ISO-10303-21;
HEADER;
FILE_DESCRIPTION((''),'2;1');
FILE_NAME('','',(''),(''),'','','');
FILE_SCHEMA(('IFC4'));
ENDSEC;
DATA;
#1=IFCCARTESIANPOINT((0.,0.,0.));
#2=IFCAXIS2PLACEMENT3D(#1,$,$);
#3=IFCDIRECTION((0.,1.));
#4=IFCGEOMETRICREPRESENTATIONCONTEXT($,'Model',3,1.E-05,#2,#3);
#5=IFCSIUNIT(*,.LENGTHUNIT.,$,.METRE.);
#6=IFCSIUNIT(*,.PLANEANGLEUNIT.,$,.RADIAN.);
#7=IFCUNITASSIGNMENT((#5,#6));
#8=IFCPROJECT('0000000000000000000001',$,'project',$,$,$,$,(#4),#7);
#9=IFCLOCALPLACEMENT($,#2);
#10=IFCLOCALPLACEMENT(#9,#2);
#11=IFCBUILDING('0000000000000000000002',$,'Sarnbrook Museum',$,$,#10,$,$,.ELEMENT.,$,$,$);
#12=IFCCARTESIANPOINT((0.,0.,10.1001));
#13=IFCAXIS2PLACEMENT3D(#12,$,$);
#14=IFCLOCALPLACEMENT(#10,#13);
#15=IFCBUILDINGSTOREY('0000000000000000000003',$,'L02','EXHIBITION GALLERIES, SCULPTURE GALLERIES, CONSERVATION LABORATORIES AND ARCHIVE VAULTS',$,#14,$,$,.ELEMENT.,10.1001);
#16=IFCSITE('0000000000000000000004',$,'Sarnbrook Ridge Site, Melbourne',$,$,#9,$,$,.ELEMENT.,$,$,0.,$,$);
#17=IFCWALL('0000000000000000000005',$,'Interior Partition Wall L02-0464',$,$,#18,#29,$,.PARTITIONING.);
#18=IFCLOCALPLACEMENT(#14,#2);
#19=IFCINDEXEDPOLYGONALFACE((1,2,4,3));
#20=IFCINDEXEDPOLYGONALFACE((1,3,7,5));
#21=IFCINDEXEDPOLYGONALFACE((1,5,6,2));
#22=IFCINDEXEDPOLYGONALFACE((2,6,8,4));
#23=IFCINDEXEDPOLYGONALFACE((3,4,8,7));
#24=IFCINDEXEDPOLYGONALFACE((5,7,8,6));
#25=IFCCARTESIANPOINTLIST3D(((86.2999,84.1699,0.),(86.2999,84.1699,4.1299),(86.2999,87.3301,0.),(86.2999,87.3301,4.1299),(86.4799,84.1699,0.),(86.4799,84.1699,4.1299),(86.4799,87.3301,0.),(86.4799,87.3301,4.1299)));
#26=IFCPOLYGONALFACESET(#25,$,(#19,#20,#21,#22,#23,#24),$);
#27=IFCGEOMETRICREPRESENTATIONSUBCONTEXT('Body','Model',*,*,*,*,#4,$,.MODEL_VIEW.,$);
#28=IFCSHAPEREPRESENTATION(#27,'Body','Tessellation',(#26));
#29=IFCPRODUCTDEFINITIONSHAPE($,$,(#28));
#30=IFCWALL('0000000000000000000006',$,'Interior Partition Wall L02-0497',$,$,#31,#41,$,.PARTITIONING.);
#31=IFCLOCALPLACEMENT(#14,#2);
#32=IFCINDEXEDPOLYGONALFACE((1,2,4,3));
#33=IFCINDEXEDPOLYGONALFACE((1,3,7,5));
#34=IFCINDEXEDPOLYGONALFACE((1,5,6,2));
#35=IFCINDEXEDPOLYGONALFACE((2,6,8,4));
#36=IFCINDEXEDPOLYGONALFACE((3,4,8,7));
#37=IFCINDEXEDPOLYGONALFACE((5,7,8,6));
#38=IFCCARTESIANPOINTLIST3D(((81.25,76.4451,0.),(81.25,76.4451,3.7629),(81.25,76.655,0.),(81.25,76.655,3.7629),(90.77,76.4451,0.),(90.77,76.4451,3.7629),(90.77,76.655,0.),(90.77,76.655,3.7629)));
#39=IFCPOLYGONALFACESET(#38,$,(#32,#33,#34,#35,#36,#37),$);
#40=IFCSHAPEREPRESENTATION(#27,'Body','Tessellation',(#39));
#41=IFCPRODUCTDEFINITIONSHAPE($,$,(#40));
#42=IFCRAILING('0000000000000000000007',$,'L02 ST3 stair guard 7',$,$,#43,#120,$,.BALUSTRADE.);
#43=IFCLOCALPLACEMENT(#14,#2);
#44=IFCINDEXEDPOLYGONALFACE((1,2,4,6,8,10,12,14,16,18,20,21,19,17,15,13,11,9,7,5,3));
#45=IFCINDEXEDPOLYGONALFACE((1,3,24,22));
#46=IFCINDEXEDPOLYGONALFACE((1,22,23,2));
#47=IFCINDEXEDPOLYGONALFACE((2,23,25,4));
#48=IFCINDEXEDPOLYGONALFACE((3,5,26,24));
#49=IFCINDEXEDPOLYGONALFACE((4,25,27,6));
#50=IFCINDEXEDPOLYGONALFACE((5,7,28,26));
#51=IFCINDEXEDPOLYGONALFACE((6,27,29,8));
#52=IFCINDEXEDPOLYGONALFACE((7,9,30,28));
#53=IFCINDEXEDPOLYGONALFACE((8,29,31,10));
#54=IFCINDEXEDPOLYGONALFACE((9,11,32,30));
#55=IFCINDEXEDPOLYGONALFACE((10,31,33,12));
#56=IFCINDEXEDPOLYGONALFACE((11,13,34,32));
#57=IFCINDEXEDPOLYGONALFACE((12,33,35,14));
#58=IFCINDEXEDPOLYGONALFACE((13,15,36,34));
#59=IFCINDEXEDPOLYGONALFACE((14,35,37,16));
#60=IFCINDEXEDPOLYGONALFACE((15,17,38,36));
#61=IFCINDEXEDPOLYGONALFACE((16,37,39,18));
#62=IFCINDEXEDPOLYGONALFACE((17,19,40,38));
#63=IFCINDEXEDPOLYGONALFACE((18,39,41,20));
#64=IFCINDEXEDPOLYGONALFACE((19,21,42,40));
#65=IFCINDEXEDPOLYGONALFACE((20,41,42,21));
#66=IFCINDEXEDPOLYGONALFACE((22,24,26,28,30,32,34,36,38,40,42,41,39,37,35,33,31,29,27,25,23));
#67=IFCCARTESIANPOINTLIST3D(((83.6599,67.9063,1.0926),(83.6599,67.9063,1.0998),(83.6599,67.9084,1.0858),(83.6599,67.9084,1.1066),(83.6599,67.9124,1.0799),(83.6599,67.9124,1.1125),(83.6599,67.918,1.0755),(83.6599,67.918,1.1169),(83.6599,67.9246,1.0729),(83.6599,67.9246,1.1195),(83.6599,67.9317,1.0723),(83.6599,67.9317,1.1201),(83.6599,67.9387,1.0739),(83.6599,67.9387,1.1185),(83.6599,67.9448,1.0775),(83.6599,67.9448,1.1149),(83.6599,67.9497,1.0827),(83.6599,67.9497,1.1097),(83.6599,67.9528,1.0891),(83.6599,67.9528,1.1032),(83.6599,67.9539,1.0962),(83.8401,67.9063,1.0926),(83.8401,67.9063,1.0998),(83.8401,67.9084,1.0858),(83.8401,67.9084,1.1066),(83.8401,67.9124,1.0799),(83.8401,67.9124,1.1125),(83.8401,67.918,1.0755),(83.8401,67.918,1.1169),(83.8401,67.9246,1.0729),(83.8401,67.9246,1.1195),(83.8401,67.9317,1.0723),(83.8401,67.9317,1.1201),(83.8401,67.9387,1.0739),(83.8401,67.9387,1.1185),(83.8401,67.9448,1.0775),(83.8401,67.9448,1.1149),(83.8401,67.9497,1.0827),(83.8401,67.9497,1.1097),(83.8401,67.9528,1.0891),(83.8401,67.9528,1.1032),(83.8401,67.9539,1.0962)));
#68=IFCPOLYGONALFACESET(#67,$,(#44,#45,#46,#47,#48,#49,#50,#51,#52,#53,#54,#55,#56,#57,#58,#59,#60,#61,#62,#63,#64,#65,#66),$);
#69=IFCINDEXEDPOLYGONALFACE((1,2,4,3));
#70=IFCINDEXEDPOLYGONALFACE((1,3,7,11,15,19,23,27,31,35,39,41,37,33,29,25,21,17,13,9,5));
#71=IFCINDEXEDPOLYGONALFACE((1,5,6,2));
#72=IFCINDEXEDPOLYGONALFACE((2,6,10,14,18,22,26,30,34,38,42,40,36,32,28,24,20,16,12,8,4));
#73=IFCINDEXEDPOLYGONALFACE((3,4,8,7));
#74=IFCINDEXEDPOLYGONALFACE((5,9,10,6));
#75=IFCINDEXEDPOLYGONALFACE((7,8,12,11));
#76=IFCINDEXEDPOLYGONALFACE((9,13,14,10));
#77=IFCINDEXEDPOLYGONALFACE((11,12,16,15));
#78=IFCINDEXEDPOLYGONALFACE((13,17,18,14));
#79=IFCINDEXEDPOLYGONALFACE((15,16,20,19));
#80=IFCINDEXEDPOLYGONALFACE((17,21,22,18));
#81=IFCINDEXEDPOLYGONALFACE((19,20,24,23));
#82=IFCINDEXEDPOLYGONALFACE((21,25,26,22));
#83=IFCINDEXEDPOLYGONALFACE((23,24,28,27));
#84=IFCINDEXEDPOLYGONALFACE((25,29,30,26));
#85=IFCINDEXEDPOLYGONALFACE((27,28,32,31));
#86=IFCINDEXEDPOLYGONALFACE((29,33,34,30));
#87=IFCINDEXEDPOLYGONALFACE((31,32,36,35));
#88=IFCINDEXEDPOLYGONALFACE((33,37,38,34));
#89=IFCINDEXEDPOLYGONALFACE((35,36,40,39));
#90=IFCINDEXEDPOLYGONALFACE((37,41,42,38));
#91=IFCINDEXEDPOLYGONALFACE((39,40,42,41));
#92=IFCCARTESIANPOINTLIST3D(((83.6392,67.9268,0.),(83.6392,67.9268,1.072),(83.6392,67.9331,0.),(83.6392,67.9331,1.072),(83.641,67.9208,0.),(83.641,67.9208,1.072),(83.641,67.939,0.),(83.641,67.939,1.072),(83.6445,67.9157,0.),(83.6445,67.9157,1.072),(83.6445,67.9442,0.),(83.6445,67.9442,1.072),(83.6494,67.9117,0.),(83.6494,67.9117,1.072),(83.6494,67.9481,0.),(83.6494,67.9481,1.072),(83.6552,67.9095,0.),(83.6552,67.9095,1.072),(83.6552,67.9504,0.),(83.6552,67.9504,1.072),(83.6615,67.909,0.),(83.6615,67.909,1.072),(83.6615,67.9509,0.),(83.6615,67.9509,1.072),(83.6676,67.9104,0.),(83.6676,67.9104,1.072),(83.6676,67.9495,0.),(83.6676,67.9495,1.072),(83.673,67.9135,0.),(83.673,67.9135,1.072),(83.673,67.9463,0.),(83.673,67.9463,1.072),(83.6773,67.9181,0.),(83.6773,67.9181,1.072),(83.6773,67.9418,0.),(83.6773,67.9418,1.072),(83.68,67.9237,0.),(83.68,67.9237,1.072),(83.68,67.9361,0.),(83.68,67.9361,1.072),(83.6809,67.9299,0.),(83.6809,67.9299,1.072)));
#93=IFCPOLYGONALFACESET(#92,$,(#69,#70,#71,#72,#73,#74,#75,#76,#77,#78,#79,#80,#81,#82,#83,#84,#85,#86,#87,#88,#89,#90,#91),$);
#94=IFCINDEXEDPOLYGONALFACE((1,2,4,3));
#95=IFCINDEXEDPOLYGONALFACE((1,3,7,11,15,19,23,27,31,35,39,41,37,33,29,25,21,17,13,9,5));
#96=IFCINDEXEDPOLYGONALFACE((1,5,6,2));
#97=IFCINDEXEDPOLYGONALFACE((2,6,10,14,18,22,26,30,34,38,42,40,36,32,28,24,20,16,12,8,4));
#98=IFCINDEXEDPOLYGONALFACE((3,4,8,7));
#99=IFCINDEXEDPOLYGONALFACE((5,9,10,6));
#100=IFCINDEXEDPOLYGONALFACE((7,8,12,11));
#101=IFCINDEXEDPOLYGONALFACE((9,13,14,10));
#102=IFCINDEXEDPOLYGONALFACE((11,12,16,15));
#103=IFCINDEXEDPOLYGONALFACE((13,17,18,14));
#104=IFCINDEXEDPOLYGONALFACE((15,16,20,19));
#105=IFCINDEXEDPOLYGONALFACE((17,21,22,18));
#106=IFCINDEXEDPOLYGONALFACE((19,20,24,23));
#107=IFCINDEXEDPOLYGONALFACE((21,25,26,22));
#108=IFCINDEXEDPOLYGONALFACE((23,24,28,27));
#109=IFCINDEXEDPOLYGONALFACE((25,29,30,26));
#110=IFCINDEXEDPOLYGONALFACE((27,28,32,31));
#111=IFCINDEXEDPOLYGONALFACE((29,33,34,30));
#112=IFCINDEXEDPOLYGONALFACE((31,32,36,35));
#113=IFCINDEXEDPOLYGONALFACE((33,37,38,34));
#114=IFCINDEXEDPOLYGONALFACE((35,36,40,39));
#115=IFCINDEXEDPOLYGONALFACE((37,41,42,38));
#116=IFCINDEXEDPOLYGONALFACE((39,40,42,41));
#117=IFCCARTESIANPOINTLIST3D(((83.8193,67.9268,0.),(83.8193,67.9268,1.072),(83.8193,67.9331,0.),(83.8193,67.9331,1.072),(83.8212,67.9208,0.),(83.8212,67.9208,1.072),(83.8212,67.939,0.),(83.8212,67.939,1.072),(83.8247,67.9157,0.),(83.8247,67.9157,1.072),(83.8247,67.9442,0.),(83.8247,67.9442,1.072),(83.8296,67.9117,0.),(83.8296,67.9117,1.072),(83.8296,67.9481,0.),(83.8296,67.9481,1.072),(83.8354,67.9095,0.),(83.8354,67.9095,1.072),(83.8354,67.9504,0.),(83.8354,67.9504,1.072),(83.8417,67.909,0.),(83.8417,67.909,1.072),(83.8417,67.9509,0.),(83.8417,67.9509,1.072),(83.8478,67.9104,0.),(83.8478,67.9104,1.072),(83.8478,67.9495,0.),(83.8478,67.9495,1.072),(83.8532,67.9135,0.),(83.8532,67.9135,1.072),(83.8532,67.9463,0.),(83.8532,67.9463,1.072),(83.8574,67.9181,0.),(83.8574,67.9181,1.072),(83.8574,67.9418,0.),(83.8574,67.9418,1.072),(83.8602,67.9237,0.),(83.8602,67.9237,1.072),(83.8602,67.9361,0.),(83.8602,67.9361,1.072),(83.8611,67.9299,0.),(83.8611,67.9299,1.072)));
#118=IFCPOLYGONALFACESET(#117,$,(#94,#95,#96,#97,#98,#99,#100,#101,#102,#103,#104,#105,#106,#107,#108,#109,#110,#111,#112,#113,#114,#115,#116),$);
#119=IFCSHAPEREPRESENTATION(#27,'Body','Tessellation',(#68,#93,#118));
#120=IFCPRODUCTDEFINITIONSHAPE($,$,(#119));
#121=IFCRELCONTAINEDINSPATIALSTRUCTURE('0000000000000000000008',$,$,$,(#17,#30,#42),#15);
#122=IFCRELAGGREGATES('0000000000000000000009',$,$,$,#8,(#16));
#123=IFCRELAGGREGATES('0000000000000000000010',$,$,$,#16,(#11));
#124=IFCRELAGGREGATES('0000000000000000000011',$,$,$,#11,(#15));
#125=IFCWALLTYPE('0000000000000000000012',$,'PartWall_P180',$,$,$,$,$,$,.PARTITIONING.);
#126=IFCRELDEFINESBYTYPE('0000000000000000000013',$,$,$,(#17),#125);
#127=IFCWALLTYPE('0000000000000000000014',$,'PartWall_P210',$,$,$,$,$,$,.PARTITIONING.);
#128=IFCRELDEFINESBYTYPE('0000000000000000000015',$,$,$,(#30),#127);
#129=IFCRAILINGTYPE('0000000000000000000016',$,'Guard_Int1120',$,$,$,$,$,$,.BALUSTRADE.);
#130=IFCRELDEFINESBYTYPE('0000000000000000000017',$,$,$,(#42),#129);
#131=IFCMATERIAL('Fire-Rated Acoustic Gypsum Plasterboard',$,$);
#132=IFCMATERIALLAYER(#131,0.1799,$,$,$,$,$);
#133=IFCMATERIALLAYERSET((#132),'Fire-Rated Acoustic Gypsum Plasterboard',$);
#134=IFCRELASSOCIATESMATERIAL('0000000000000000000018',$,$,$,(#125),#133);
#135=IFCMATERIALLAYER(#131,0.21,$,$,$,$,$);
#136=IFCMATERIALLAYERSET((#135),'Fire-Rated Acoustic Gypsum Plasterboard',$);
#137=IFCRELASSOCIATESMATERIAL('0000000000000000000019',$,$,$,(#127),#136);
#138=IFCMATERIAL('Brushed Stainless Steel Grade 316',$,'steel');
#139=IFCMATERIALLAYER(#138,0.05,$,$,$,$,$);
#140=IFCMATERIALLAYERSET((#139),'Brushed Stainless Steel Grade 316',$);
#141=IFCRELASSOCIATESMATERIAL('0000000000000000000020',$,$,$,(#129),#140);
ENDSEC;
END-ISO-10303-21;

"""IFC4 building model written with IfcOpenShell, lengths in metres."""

from ifc_helpers import new_model, si_unit, direction, frame, frame_2d, origin, origin_2d, place, context, subcontext, project, spatial, rectangle, circle, extrude, material, layer, layer_set, type_object, element, save


model = new_model("IFC4")

# Units and contexts
model_context = context("Model", 3, precision=1e-05, world=origin(), true_north=direction((0.0, 1.0)))
body_context = subcontext(model_context, "Body", "Model", "MODEL_VIEW")
ifc_project = project(units=[si_unit("LENGTHUNIT", "METRE"), si_unit("PLANEANGLEUNIT", "RADIAN")], contexts=[model_context])

# Site, building, storey
site_placement = place(None, origin())
site = spatial("IfcSite", under=ifc_project, at=site_placement, Name="Sarnbrook Ridge Site, Melbourne", CompositionType="ELEMENT", RefElevation=0.0)
building_placement = place(site_placement, origin())
building = spatial("IfcBuilding", under=site, at=building_placement, Name="Sarnbrook Museum", CompositionType="ELEMENT")
storey_placement = place(building_placement, frame((0.0, 0.0, 10.1001)))
storey = spatial("IfcBuildingStorey", under=building, at=storey_placement, Name="L02", Description="EXHIBITION GALLERIES, SCULPTURE GALLERIES, CONSERVATION LABORATORIES AND ARCHIVE VAULTS", CompositionType="ELEMENT", Elevation=10.1001)

# Shared definitions
ifc_material_1 = material(Name="Brushed Stainless Steel Grade 316", Category="steel")

# Shared definitions
ifc_material_2 = material(Name="Fire-Rated Acoustic Gypsum Plasterboard")

# Walls
ifc_layer_1 = layer(ifc_material_2, 0.1799)
ifc_layer_set_1 = layer_set([ifc_layer_1], Name="Fire-Rated Acoustic Gypsum Plasterboard")
wall_type_1 = type_object("IfcWallType", Name="PartWall_P180", PredefinedType="PARTITIONING", material=ifc_layer_set_1)
wall_1_placement = place(storey_placement, frame((86.3899, 84.1699, 0.0), z_axis=(0.0, 0.0, 1.0), x_axis=(0.0, 1.0, 0.0)))
element("IfcWall", 1, at=wall_1_placement, inside=storey, type_object=wall_type_1, Name="Interior Partition Wall L02-0464", PredefinedType="PARTITIONING", context=body_context, shape_type="SweptSolid", body=[
    extrude(rectangle(XDim=3.1602, YDim=0.1799, at=frame_2d((1.5801, 0.0))), origin(), (0.0, 0.0, 1.0), 4.1299),
])
ifc_layer_2 = layer(ifc_material_2, 0.21)
ifc_layer_set_2 = layer_set([ifc_layer_2], Name="Fire-Rated Acoustic Gypsum Plasterboard")
wall_type_2 = type_object("IfcWallType", Name="PartWall_P210", PredefinedType="PARTITIONING", material=ifc_layer_set_2)
wall_2_placement = place(storey_placement, frame((81.25, 76.55, 0.0), z_axis=(0.0, 0.0, 1.0), x_axis=(1.0, 0.0, 0.0)))
element("IfcWall", 2, at=wall_2_placement, inside=storey, type_object=wall_type_2, Name="Interior Partition Wall L02-0497", PredefinedType="PARTITIONING", context=body_context, shape_type="SweptSolid", body=[
    extrude(rectangle(XDim=9.52, YDim=0.21, at=frame_2d((4.76, 0.0))), origin(), (0.0, 0.0, 1.0), 3.7629),
])

# Railing
ifc_layer_3 = layer(ifc_material_1, 0.05)
ifc_layer_set_3 = layer_set([ifc_layer_3], Name="Brushed Stainless Steel Grade 316")
railing_type = type_object("IfcRailingType", Name="Guard_Int1120", PredefinedType="BALUSTRADE", material=ifc_layer_set_3)
railing_placement = place(storey_placement, frame((83.6599, 67.9299, 0.0)))
element("IfcRailing", 3, at=railing_placement, inside=storey, type_object=railing_type, Name="L02 ST3 stair guard 7", PredefinedType="BALUSTRADE", context=body_context, shape_type="SweptSolid", body=[
    extrude(circle(Radius=0.0239, at=origin_2d()), frame((0.0, 0.0, 1.0962), z_axis=(1.0, 0.0, 0.0), x_axis=(0.0, 1.0, 0.0)), (0.0, 0.0, 1.0), 0.1802),
    extrude(circle(Radius=0.021, at=origin_2d()), origin(), (0.0, 0.0, 1.0), 1.072),
    extrude(circle(Radius=0.021, at=origin_2d()), frame((0.1802, 0.0, 0.0)), (0.0, 0.0, 1.0), 1.072),
])

save(model, "model.ifc")
